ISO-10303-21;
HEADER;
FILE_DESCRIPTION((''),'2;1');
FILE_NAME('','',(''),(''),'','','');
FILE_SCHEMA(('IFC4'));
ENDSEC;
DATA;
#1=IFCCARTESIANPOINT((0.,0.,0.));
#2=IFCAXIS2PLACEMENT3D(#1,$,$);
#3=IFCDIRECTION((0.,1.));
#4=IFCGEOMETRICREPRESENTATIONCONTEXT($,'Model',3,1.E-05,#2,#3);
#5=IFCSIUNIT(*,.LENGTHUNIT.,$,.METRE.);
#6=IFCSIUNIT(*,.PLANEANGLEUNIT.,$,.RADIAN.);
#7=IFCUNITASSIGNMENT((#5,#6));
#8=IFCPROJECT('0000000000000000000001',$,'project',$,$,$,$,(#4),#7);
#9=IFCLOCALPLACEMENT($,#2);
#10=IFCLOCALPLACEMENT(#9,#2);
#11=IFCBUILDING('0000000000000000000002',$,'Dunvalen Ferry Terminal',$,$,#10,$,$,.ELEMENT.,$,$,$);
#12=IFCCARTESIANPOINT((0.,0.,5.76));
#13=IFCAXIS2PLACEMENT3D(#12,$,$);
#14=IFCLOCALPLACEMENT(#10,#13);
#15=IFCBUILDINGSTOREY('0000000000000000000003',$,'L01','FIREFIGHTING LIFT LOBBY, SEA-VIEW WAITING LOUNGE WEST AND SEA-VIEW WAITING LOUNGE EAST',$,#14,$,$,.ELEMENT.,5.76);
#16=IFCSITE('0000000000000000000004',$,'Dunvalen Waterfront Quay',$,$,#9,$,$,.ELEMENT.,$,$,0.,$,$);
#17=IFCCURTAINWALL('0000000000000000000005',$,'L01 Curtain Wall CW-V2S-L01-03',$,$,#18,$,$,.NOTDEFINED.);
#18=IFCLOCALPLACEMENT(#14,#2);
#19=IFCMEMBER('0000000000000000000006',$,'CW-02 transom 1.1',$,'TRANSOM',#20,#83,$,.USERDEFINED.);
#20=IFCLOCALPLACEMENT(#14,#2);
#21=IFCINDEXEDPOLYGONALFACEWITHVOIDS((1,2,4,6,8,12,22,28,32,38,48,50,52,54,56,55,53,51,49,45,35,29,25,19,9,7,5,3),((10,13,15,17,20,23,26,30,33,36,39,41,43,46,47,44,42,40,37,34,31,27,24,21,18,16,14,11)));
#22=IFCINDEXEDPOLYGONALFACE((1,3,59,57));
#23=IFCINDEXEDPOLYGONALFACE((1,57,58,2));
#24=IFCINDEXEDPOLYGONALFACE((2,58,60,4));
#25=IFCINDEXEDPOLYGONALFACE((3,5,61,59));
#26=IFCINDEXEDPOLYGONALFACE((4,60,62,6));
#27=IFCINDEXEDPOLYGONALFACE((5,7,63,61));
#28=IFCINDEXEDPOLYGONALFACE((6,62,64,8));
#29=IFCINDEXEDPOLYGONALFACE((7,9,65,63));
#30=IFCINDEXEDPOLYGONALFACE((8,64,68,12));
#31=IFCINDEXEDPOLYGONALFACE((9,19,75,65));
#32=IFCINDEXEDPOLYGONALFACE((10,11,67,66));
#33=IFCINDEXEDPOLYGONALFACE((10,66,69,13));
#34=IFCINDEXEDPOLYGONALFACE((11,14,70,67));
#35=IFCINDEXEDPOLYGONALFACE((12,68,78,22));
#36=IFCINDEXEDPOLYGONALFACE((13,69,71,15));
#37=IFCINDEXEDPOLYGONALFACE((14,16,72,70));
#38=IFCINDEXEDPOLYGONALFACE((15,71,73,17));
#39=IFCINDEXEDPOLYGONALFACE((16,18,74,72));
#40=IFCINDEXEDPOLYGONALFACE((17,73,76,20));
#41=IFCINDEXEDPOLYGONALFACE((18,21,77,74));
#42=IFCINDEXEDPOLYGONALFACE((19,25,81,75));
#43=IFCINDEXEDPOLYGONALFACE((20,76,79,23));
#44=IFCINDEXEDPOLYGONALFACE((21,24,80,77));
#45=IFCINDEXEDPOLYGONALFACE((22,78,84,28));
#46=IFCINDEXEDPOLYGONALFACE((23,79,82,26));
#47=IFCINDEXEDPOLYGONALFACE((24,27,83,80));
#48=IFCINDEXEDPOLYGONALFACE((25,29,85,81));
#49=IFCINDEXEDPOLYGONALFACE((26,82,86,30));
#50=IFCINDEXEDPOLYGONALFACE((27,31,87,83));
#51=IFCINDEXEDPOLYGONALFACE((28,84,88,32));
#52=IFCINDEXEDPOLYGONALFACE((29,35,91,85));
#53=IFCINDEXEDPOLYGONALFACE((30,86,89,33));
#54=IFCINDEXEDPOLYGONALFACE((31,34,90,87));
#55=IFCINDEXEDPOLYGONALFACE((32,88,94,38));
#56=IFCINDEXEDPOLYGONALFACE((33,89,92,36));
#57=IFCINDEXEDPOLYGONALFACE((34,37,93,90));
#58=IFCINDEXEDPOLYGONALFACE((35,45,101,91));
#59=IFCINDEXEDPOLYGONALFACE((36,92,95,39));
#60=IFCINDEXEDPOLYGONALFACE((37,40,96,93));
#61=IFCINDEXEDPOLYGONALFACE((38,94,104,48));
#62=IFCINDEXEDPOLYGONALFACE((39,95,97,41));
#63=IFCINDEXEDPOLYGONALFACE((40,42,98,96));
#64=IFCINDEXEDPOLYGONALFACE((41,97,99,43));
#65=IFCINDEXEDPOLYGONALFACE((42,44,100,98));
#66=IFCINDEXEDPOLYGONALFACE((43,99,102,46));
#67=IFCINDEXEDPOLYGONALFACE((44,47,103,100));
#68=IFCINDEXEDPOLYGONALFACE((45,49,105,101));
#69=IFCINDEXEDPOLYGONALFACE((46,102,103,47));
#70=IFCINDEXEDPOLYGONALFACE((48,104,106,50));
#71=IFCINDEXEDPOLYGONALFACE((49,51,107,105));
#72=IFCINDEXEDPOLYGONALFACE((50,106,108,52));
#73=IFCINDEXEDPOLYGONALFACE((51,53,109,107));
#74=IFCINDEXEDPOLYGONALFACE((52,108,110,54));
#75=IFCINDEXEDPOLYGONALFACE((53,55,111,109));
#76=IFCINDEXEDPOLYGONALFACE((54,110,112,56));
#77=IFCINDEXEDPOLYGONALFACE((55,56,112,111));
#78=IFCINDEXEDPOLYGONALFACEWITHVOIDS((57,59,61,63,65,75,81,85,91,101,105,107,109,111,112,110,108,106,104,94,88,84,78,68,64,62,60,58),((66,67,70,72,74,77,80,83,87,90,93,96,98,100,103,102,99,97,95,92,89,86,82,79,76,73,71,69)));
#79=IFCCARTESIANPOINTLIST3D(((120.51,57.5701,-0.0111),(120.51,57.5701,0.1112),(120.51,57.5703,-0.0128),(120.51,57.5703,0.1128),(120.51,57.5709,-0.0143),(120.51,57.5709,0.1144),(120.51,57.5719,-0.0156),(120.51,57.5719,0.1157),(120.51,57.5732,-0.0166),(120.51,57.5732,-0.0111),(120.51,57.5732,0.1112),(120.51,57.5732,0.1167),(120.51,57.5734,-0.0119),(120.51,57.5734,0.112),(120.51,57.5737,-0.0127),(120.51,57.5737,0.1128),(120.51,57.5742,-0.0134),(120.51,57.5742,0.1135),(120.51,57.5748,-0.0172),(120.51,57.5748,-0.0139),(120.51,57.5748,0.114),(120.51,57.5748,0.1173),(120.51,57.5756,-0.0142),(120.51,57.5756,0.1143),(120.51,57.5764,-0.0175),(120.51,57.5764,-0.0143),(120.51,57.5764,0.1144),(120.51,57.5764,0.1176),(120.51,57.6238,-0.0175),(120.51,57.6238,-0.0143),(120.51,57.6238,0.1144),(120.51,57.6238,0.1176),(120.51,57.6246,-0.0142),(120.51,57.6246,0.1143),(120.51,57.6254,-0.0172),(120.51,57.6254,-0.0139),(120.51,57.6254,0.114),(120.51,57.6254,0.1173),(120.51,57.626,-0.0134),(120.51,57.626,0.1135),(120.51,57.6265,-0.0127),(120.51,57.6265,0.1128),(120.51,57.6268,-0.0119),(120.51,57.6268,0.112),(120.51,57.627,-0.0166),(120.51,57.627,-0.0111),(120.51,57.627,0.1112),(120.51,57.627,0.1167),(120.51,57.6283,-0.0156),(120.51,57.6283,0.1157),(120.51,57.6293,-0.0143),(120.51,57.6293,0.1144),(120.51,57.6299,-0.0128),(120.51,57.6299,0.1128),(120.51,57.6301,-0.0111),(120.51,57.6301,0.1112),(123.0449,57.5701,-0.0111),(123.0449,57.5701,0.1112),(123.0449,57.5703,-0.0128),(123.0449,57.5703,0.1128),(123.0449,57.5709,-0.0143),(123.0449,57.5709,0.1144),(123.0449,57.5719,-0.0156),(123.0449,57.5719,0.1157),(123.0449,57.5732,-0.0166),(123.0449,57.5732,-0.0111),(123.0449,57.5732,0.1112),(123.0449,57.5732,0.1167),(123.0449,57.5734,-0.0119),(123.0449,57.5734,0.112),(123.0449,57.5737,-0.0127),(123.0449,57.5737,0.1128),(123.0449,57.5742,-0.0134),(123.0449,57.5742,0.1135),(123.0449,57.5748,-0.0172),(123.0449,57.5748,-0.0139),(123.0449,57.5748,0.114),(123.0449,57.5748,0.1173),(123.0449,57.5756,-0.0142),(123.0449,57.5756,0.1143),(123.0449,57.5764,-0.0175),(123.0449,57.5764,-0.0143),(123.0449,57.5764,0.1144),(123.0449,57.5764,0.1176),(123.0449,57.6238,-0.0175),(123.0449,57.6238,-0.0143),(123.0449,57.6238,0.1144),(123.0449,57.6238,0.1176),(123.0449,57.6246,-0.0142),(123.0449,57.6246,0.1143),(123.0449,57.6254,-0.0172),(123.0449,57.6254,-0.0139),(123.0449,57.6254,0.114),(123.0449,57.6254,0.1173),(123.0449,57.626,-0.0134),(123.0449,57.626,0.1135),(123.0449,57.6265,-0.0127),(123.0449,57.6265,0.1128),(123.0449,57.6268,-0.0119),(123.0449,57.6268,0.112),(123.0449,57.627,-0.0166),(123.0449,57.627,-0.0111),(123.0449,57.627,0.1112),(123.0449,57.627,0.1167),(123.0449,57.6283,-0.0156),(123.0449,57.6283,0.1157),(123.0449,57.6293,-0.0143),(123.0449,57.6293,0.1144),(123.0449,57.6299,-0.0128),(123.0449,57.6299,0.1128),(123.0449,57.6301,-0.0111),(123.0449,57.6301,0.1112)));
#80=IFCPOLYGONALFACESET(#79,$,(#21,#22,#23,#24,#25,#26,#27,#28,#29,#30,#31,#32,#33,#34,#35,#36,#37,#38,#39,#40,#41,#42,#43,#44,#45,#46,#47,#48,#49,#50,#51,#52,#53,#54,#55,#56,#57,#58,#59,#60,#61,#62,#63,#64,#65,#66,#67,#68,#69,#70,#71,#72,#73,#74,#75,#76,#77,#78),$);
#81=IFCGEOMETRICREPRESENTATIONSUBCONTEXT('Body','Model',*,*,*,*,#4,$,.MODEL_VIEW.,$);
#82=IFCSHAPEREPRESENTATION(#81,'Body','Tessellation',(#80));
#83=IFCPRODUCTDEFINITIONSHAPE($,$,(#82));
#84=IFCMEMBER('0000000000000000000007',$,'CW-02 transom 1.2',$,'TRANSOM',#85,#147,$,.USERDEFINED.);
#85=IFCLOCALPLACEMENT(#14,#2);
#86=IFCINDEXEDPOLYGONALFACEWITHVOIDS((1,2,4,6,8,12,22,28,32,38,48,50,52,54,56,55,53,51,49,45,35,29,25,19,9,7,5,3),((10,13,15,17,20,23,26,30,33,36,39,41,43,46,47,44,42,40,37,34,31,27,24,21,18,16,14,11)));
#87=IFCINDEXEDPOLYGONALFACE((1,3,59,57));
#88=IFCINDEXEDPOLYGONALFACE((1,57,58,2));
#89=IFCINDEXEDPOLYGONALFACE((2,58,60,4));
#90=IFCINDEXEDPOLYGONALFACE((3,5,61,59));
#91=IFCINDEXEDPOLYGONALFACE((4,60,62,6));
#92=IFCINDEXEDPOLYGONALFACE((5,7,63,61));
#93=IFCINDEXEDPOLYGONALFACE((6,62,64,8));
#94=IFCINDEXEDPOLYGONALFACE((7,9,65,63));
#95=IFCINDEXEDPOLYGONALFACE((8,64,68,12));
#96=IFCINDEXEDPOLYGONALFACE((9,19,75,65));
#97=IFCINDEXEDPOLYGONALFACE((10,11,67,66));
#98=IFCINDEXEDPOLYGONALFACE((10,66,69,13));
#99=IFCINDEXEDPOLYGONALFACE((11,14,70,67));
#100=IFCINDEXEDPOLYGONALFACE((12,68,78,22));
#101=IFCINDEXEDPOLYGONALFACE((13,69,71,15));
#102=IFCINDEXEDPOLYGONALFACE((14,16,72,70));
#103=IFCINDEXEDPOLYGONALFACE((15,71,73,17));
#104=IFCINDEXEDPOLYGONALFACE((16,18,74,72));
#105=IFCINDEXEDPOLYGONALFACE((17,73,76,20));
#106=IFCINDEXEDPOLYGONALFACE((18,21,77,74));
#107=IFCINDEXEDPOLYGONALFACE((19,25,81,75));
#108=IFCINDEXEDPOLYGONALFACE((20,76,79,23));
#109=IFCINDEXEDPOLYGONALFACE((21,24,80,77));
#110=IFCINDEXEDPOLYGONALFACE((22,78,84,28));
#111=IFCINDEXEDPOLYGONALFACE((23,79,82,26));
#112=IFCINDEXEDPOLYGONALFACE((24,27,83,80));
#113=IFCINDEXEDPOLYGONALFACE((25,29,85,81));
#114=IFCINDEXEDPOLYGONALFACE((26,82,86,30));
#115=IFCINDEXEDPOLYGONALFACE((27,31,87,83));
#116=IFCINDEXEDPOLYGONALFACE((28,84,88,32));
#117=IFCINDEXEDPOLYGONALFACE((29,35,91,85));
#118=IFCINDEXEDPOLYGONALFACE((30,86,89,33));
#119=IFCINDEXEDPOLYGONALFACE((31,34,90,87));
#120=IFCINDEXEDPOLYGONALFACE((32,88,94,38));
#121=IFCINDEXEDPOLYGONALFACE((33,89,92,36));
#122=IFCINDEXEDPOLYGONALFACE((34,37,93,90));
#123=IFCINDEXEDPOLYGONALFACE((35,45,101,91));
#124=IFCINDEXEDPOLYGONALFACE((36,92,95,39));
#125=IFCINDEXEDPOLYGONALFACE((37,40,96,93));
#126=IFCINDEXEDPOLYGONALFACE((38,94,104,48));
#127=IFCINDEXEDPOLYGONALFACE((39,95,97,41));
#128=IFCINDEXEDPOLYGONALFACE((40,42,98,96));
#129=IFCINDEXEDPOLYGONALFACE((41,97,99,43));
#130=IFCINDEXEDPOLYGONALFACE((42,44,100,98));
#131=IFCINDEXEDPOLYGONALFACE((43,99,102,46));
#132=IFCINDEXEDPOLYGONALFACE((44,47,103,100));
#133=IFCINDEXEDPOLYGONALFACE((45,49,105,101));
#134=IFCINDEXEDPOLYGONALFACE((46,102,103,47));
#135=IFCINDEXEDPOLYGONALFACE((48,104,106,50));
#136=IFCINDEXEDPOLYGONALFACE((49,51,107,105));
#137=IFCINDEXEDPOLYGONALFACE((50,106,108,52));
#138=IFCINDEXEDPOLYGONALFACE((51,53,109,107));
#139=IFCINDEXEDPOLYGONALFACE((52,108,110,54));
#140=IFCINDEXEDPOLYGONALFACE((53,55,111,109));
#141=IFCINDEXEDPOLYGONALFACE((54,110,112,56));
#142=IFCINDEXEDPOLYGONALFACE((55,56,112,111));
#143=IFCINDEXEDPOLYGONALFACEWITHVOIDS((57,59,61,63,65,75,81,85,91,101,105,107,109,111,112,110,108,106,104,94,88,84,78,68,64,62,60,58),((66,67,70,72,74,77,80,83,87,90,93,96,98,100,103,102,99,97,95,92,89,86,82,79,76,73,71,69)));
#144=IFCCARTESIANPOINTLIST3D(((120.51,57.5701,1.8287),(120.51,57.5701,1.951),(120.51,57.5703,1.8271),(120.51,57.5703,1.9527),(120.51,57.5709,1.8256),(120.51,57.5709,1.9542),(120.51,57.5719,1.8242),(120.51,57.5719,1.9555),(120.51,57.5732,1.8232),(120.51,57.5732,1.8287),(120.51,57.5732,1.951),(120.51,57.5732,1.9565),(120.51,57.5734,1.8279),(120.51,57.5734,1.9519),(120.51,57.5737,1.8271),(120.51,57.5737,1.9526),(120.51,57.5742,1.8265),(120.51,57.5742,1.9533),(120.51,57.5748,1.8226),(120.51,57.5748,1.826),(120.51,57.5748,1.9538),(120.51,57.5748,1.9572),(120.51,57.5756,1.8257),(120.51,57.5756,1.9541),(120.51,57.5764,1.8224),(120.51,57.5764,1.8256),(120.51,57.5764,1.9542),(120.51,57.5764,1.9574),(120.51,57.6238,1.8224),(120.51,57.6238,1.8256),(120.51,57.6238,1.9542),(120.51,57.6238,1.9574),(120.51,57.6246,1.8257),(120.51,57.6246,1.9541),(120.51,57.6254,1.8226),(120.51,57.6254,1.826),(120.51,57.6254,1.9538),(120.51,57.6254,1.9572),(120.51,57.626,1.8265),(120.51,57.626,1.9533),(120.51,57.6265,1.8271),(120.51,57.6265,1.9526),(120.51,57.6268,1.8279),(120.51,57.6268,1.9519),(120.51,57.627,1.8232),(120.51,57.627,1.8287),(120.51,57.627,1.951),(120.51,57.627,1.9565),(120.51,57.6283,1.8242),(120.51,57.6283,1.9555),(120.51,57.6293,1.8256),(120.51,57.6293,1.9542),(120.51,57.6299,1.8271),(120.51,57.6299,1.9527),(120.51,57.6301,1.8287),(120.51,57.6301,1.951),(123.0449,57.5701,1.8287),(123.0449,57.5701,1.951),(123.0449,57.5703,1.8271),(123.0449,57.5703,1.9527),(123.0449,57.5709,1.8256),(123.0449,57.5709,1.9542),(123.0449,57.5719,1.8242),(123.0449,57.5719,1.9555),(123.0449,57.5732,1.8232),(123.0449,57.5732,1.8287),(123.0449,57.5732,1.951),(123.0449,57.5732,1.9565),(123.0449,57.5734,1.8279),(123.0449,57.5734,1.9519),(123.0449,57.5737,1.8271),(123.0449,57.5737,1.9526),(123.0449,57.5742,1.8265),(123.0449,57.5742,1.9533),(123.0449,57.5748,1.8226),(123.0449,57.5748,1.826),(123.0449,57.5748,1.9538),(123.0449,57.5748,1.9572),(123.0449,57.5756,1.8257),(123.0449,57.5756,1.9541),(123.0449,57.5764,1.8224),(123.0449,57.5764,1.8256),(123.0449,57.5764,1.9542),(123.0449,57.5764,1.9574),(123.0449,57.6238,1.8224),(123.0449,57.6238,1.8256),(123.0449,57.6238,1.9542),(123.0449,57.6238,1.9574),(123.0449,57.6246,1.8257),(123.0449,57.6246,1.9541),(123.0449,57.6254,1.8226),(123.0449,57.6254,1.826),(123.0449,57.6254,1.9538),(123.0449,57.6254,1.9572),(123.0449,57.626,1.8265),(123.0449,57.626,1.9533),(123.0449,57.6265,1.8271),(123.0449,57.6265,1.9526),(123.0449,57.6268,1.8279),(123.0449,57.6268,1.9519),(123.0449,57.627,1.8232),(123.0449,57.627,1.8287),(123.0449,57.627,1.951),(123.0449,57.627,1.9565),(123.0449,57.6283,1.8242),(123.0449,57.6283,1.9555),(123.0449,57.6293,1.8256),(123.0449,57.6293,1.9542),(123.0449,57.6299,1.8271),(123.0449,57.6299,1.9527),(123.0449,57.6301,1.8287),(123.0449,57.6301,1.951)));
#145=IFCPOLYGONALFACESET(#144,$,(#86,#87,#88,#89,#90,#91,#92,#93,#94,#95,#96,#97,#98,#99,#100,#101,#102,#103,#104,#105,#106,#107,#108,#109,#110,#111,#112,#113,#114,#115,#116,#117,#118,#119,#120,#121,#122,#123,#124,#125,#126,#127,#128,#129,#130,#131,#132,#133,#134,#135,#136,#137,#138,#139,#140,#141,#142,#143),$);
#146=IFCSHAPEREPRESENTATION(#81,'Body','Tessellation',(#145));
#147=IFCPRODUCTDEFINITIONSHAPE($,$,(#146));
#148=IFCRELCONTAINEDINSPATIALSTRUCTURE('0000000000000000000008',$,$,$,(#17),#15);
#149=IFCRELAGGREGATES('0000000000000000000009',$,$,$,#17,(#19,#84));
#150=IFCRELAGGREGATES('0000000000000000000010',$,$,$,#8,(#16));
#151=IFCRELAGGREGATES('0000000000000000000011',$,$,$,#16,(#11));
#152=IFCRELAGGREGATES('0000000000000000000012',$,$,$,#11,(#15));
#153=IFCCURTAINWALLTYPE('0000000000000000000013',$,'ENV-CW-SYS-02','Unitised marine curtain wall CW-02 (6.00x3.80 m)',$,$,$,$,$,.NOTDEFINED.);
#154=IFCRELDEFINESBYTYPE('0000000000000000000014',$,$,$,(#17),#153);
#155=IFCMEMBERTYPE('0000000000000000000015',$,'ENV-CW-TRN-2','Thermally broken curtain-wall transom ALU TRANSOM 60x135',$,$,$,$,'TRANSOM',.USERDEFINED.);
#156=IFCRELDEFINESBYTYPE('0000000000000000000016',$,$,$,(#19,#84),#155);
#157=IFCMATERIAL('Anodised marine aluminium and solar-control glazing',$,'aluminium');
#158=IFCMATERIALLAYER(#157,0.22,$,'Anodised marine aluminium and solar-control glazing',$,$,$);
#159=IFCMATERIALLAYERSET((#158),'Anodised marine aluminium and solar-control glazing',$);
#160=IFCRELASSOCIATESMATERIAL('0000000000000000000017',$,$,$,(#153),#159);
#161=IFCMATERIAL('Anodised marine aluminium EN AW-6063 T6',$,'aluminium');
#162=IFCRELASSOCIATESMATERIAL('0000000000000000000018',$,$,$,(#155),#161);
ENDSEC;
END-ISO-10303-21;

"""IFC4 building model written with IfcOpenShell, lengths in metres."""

from ifc_helpers import new_model, si_unit, direction, frame, origin, origin_2d, place, context, subcontext, project, spatial, hollow_rectangle, extrude, material, layer, layer_set, material_profile, profile_set, type_object, element, aggregate, save


model = new_model("IFC4")

# Units and contexts
model_context = context("Model", 3, precision=1e-05, world=origin(), true_north=direction((0.0, 1.0)))
body_context = subcontext(model_context, "Body", "Model", "MODEL_VIEW")
ifc_project = project(units=[si_unit("LENGTHUNIT", "METRE"), si_unit("PLANEANGLEUNIT", "RADIAN")], contexts=[model_context])

# Site, building, storey
site_placement = place(None, origin())
site = spatial("IfcSite", under=ifc_project, at=site_placement, Name="Dunvalen Waterfront Quay", CompositionType="ELEMENT", RefElevation=0.0)
building_placement = place(site_placement, origin())
building = spatial("IfcBuilding", under=site, at=building_placement, Name="Dunvalen Ferry Terminal", CompositionType="ELEMENT")
storey_placement = place(building_placement, frame((0.0, 0.0, 5.76)))
storey = spatial("IfcBuildingStorey", under=building, at=storey_placement, Name="L01", Description="FIREFIGHTING LIFT LOBBY, SEA-VIEW WAITING LOUNGE WEST AND SEA-VIEW WAITING LOUNGE EAST", CompositionType="ELEMENT", Elevation=5.76)

# Curtain wall, members
ifc_material_1 = material(Name="Anodised marine aluminium and solar-control glazing", Category="aluminium")
ifc_layer_1 = layer(ifc_material_1, 0.22, Name="Anodised marine aluminium and solar-control glazing")
ifc_layer_set_1 = layer_set([ifc_layer_1], Name="Anodised marine aluminium and solar-control glazing")
curtain_wall_type = type_object("IfcCurtainWallType", Name="ENV-CW-SYS-02", Description="Unitised marine curtain wall CW-02 (6.00x3.80 m)", PredefinedType="NOTDEFINED", material=ifc_layer_set_1)
curtain_wall_placement = place(storey_placement, origin())
curtain_wall = element("IfcCurtainWall", 1, at=curtain_wall_placement, inside=storey, type_object=curtain_wall_type, Name="L01 Curtain Wall CW-V2S-L01-03", PredefinedType="NOTDEFINED")
ifc_material_2 = material(Name="Anodised marine aluminium EN AW-6063 T6", Category="aluminium")
ifc_material_profile_1 = material_profile(ifc_material_2, hollow_rectangle(XDim=0.0601, YDim=0.135, WallThickness=0.0032, InnerFilletRadius=0.0032, OuterFilletRadius=0.0063, at=origin_2d()), Name="Anodised marine aluminium EN AW-6063 T6")
ifc_profile_set_1 = profile_set([ifc_material_profile_1], Name="Anodised marine aluminium EN AW-6063 T6")
member_type_1 = type_object("IfcMemberType", Name="ENV-CW-TRN-2", Description="Thermally broken curtain-wall transom ALU TRANSOM 60x135", ElementType="TRANSOM", PredefinedType="USERDEFINED", material=ifc_profile_set_1)
member_1_placement = place(storey_placement, frame((120.51, 57.6001, 0.05), z_axis=(1.0, 0.0, 0.0), x_axis=(0.0, 1.0, 0.0)))
member_1 = element("IfcMember", 2, at=member_1_placement, type_object=member_type_1, Name="CW-02 transom 1.1", ObjectType="TRANSOM", PredefinedType="USERDEFINED", context=body_context, shape_type="SweptSolid", body=[
    extrude(hollow_rectangle(XDim=0.0601, YDim=0.135, WallThickness=0.0032, InnerFilletRadius=0.0032, OuterFilletRadius=0.0063, at=origin_2d()), origin(), (0.0, 0.0, 1.0), 2.5349),
])
member_2_placement = place(storey_placement, frame((120.51, 57.6001, 1.8899), z_axis=(1.0, 0.0, 0.0), x_axis=(0.0, 1.0, 0.0)))
member_2 = element("IfcMember", 3, at=member_2_placement, type_object=member_type_1, Name="CW-02 transom 1.2", ObjectType="TRANSOM", PredefinedType="USERDEFINED", context=body_context, shape_type="SweptSolid", body=[
    extrude(hollow_rectangle(XDim=0.0601, YDim=0.135, WallThickness=0.0032, InnerFilletRadius=0.0032, OuterFilletRadius=0.0063, at=origin_2d()), origin(), (0.0, 0.0, 1.0), 2.5349),
])

aggregate(curtain_wall, [member_1, member_2])

save(model, "model.ifc")
